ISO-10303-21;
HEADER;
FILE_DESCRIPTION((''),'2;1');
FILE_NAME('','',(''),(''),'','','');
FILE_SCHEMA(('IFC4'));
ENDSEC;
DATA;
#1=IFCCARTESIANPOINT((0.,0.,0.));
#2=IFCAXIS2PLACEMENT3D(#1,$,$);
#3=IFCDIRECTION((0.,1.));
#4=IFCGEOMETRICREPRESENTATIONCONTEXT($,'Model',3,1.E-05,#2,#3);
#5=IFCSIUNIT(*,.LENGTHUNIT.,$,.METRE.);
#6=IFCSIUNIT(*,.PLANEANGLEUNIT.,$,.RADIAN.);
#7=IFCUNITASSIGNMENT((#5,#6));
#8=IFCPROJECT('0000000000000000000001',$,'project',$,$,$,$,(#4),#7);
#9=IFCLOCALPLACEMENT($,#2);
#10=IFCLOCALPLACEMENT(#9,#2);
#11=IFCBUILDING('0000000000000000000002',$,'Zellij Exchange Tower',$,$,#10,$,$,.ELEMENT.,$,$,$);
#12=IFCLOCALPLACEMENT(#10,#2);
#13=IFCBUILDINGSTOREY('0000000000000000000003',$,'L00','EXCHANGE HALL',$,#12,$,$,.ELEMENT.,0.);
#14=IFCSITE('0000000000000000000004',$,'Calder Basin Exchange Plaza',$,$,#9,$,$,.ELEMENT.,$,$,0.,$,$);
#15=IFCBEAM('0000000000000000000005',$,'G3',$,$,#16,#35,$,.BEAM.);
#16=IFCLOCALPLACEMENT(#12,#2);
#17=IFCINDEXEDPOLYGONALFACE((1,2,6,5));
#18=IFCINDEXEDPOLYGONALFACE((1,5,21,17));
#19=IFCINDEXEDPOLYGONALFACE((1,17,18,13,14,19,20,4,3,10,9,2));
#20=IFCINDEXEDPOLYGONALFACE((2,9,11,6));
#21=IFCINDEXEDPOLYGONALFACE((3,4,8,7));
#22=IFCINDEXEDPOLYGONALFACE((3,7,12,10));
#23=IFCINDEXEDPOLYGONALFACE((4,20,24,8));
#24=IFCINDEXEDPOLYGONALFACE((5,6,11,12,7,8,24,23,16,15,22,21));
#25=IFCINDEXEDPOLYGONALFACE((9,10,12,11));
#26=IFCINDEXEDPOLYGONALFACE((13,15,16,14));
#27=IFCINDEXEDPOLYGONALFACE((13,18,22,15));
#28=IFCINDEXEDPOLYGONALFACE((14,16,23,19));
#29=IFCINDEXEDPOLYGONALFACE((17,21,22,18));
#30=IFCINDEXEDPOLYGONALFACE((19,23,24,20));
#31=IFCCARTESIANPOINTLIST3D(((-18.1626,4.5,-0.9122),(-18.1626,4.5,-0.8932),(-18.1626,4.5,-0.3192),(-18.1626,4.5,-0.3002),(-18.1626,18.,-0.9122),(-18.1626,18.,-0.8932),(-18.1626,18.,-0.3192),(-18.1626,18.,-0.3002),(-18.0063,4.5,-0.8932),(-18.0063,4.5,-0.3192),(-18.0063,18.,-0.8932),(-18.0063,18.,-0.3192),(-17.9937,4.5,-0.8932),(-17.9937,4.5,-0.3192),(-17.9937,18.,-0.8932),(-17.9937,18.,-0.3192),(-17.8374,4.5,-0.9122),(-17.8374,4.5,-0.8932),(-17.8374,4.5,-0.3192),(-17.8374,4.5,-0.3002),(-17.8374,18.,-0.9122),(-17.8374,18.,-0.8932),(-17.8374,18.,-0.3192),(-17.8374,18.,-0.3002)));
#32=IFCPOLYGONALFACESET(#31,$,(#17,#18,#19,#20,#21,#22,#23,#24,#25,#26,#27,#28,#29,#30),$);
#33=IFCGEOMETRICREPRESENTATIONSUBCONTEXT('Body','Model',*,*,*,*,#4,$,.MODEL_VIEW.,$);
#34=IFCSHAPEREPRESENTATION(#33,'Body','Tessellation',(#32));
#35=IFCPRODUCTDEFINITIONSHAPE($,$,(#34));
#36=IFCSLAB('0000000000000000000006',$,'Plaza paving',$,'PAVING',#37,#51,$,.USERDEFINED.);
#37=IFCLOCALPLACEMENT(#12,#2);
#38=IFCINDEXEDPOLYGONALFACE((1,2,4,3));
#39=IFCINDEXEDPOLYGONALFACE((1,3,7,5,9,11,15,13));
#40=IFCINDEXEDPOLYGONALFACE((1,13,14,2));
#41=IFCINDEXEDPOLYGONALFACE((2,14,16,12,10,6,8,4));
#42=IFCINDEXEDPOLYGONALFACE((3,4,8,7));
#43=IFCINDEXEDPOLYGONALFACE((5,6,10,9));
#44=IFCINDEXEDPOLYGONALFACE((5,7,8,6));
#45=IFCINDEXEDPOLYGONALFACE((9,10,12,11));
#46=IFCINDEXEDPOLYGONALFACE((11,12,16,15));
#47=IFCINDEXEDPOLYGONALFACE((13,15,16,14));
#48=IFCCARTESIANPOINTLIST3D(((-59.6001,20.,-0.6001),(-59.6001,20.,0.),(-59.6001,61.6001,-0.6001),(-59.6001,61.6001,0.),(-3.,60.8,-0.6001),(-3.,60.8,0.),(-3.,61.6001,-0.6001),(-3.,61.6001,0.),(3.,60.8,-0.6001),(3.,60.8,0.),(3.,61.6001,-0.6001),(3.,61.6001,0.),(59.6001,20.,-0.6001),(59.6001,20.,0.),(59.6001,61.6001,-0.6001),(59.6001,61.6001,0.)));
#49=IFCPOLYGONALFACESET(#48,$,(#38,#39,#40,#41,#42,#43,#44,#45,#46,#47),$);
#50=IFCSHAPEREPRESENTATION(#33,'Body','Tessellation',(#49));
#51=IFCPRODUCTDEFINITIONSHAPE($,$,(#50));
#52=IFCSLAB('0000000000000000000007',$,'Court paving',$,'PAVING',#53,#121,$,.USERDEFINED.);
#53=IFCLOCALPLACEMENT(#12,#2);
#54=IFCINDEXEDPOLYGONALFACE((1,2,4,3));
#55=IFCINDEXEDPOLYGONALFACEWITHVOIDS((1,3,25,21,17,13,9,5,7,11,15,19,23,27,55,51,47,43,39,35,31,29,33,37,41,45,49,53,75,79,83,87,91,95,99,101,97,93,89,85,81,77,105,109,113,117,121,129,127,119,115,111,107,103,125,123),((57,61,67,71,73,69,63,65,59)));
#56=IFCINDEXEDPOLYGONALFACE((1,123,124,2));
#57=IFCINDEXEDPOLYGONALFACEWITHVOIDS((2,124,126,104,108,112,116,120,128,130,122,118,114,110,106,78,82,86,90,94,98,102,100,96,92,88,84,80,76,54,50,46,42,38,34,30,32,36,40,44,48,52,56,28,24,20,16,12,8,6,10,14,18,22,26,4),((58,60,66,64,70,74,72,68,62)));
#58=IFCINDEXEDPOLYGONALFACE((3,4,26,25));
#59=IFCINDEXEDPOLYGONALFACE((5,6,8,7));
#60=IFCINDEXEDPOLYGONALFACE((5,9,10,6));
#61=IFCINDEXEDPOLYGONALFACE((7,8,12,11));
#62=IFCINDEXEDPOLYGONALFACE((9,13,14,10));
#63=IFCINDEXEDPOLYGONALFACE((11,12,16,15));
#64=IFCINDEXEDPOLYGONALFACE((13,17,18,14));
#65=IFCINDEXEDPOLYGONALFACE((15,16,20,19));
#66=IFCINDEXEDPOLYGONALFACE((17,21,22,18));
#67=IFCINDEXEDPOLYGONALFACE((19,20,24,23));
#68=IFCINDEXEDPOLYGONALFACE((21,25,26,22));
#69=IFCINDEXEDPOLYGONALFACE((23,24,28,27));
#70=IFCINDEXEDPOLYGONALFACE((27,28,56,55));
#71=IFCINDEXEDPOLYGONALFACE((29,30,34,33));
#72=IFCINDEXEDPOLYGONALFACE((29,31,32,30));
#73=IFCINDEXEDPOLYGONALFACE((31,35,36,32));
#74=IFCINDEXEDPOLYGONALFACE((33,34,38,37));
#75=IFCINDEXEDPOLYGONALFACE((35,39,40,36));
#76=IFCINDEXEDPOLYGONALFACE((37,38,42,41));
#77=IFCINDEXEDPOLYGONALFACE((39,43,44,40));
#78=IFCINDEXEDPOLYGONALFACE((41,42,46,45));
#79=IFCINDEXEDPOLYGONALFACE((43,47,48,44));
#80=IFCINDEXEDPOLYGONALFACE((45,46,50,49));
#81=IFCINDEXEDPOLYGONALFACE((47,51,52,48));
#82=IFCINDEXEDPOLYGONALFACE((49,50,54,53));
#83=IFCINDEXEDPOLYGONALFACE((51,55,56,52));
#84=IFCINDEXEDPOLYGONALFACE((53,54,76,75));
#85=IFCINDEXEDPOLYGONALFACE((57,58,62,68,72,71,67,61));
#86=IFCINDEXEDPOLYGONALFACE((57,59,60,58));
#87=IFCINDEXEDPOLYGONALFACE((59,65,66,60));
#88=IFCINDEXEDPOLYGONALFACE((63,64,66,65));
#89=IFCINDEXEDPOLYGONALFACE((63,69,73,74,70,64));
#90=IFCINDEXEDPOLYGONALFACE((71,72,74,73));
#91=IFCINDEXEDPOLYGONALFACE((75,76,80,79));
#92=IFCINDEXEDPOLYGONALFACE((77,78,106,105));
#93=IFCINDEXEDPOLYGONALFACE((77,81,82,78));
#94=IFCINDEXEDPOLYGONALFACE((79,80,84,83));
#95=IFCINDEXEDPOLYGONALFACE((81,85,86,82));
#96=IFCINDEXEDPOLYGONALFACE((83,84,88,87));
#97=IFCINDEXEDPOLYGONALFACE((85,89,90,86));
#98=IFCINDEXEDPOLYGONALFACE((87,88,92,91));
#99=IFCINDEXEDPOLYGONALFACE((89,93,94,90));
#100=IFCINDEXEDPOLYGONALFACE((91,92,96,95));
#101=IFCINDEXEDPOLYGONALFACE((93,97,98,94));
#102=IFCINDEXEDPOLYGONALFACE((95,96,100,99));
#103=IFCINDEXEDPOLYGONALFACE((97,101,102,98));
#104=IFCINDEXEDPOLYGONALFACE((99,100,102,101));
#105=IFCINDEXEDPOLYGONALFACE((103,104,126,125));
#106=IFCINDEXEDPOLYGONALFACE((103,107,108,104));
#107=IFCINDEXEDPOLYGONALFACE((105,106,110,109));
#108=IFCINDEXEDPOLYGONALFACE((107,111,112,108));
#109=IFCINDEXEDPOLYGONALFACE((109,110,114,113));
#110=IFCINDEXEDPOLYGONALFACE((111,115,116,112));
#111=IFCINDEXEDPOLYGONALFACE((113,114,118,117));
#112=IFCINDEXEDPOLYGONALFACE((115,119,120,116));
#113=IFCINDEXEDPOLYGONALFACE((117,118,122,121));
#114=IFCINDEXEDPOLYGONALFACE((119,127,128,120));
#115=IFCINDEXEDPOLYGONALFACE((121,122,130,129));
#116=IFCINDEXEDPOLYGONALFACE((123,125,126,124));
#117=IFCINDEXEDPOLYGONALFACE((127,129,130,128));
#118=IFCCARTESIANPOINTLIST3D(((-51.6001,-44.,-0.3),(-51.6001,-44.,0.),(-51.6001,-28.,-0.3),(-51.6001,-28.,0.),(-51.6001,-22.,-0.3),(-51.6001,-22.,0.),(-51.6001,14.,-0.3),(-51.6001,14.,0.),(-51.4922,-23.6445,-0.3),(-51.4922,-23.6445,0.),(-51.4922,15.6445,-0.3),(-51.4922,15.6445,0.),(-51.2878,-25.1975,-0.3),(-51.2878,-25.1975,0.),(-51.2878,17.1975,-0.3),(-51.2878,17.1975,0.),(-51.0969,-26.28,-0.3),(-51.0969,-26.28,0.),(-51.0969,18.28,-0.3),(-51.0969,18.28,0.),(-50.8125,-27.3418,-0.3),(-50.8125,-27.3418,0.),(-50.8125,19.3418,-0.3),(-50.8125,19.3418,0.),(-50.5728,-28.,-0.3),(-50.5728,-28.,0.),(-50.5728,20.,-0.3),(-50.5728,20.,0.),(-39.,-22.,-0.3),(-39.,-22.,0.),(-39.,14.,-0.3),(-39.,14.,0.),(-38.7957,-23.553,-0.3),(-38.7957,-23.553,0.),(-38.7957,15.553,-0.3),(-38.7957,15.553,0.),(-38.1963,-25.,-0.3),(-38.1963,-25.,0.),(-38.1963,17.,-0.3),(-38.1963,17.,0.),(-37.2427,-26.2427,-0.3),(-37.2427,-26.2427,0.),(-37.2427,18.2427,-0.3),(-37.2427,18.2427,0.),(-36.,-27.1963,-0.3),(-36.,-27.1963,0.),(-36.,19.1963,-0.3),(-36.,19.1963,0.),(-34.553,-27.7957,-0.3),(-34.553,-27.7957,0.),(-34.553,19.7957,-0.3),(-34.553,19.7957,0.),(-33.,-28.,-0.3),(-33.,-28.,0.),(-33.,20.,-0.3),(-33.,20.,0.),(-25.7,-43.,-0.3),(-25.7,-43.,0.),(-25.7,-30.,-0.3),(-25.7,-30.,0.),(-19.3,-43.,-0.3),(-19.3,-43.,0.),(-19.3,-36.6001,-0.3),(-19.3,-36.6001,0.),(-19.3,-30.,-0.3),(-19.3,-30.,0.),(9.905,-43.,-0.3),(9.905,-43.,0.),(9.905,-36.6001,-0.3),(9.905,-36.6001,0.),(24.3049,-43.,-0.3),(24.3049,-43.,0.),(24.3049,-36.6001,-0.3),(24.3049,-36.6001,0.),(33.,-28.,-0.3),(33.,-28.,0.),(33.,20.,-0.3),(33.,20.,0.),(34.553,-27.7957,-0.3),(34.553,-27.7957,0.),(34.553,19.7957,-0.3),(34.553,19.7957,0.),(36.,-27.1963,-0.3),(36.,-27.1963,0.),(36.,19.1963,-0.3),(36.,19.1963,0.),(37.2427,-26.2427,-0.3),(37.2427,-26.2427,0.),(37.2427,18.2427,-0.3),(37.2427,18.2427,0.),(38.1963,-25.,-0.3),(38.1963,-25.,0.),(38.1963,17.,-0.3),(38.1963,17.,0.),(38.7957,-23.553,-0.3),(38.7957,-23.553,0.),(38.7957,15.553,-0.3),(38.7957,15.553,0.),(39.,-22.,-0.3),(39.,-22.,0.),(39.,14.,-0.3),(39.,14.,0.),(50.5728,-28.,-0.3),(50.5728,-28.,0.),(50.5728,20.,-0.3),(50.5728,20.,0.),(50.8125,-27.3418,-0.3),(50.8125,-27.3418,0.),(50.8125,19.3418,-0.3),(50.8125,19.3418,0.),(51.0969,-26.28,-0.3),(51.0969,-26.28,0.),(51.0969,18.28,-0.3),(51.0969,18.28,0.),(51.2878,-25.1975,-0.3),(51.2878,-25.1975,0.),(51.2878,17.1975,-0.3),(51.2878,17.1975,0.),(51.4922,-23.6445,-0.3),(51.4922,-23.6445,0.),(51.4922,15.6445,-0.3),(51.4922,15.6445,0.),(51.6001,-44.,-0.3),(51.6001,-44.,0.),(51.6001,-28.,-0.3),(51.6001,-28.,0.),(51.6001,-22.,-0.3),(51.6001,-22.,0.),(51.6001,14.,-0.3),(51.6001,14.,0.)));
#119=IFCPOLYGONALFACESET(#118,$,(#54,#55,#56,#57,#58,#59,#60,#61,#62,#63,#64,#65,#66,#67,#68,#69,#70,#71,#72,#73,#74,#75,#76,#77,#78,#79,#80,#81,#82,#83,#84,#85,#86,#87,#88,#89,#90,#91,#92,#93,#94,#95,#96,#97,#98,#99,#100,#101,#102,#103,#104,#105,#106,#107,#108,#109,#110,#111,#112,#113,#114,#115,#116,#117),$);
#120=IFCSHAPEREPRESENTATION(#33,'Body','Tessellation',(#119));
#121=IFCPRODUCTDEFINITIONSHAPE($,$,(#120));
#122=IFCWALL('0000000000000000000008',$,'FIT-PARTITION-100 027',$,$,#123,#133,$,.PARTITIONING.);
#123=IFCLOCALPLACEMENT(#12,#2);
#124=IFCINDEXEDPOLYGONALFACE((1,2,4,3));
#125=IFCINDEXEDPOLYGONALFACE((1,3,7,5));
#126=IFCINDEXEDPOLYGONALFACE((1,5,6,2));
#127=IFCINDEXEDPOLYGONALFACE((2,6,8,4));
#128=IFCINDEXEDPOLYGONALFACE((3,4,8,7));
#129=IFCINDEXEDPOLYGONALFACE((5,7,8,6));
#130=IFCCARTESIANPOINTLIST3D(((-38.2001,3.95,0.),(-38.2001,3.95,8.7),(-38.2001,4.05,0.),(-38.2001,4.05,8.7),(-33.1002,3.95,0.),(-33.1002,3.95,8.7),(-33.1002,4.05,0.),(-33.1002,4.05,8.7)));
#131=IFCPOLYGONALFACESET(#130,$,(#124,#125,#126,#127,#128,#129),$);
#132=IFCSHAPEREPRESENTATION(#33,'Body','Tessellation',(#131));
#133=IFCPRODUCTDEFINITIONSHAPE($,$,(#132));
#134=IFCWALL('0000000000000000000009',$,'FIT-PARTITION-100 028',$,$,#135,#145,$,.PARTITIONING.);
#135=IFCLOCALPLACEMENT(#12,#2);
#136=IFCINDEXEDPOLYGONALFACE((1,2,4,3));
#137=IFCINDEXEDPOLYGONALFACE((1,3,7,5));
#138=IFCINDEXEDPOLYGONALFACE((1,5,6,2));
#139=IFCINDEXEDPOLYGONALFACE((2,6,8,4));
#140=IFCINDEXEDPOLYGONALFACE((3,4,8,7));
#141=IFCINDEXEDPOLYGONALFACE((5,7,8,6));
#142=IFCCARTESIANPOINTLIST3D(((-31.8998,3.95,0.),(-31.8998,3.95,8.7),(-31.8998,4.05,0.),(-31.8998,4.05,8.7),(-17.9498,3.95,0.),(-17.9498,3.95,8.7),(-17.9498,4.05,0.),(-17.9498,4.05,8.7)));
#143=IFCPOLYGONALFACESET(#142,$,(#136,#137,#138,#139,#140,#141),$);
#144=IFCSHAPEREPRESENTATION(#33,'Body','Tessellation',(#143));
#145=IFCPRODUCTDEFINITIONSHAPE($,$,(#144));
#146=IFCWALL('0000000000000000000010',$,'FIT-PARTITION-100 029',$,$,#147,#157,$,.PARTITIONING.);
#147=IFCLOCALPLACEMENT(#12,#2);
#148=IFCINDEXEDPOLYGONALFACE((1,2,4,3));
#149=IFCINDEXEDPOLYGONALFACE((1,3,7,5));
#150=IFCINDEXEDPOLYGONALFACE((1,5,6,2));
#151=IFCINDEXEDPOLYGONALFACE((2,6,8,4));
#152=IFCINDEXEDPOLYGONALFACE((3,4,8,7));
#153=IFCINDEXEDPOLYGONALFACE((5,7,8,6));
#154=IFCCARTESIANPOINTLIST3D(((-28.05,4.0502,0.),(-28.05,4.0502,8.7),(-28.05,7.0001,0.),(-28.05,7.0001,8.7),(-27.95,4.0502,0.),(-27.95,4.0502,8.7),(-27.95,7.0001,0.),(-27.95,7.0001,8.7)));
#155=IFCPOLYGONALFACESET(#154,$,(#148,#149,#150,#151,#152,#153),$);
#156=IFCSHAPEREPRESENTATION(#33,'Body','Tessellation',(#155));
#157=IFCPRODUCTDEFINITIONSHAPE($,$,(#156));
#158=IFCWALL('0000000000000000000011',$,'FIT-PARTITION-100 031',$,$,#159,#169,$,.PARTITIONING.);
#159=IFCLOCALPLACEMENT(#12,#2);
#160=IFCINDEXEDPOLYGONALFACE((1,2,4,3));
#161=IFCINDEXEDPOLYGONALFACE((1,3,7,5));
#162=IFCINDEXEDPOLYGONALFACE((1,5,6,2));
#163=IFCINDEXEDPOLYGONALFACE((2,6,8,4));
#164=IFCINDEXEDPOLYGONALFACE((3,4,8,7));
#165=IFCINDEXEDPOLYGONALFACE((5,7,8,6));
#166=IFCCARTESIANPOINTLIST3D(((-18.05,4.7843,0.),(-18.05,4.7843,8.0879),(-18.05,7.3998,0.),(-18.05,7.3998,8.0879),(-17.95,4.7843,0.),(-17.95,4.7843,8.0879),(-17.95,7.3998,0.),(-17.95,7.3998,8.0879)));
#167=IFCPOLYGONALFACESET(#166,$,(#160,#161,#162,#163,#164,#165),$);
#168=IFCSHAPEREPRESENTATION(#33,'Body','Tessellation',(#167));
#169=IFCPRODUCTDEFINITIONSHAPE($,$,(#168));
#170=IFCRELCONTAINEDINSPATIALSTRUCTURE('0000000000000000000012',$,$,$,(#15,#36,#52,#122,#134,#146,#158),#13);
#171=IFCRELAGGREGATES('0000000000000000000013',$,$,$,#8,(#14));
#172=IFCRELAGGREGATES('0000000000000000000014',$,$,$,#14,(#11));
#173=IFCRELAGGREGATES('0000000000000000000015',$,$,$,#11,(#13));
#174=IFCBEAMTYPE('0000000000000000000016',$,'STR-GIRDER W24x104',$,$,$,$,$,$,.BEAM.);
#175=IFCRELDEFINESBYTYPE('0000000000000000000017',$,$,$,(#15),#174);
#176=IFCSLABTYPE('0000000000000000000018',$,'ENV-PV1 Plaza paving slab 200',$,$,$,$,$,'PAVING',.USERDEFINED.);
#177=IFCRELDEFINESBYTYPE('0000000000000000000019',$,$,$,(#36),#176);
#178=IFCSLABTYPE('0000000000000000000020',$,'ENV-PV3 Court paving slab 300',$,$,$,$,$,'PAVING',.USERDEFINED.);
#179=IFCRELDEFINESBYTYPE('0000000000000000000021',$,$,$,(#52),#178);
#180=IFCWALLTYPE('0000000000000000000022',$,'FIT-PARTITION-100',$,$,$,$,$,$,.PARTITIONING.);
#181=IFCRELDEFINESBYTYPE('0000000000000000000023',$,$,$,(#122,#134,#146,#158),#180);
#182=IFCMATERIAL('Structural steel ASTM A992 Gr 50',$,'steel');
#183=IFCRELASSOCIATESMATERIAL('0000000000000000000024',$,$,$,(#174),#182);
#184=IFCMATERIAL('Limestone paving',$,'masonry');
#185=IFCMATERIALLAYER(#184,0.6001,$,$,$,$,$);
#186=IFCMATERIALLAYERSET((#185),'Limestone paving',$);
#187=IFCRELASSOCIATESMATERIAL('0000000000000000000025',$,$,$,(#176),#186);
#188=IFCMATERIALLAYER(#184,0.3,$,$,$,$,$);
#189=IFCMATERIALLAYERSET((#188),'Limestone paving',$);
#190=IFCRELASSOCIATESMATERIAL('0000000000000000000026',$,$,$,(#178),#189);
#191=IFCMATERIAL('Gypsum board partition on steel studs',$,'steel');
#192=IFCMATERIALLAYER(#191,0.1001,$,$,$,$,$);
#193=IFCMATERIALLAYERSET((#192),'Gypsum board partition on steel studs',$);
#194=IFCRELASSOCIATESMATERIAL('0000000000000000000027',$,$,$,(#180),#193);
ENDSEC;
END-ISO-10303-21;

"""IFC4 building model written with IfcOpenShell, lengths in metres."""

from ifc_helpers import new_model, si_unit, direction, frame, frame_2d, origin, origin_2d, place, context, subcontext, project, spatial, polyline, rectangle, i_section, outline, extrude, material, layer, layer_set, material_profile, profile_set, type_object, element, save


model = new_model("IFC4")

# Units and contexts
model_context = context("Model", 3, precision=1e-05, world=origin(), true_north=direction((0.0, 1.0)))
body_context = subcontext(model_context, "Body", "Model", "MODEL_VIEW")
ifc_project = project(units=[si_unit("LENGTHUNIT", "METRE"), si_unit("PLANEANGLEUNIT", "RADIAN")], contexts=[model_context])

# Site, building, storey
site_placement = place(None, origin())
site = spatial("IfcSite", under=ifc_project, at=site_placement, Name="Calder Basin Exchange Plaza", CompositionType="ELEMENT", RefElevation=0.0)
building_placement = place(site_placement, origin())
building = spatial("IfcBuilding", under=site, at=building_placement, Name="Zellij Exchange Tower", CompositionType="ELEMENT")
storey_placement = place(building_placement, origin())
storey = spatial("IfcBuildingStorey", under=building, at=storey_placement, Name="L00", Description="EXCHANGE HALL", CompositionType="ELEMENT", Elevation=0.0)

# Beam
ifc_material_1 = material(Name="Structural steel ASTM A992 Gr 50", Category="steel")
ifc_material_profile_1 = material_profile(ifc_material_1, i_section(OverallWidth=0.3252, OverallDepth=0.6121, WebThickness=0.0127, FlangeThickness=0.019, at=origin_2d()), Name="W24x104")
ifc_profile_set_1 = profile_set([ifc_material_profile_1], Name="Structural steel ASTM A992 Gr 50")
beam_type = type_object("IfcBeamType", Name="STR-GIRDER W24x104", PredefinedType="BEAM", material=ifc_profile_set_1)
beam_1_placement = place(storey_placement, frame((-18.0, 4.5, -0.6062), z_axis=(0.0, 1.0, 0.0), x_axis=(-1.0, 0.0, 0.0)))
element("IfcBeam", 1, at=beam_1_placement, inside=storey, type_object=beam_type, Name="G3", PredefinedType="BEAM", context=body_context, shape_type="SweptSolid", body=[
    extrude(i_section(OverallWidth=0.3252, OverallDepth=0.6121, WebThickness=0.0127, FlangeThickness=0.019, at=origin_2d()), origin(), (0.0, 0.0, 1.0), 13.5),
])

# Slabs
ifc_material_2 = material(Name="Limestone paving", Category="masonry")
ifc_layer_1 = layer(ifc_material_2, 0.6001)
ifc_layer_set_1 = layer_set([ifc_layer_1], Name="Limestone paving")
slab_type_1 = type_object("IfcSlabType", Name="ENV-PV1 Plaza paving slab 200", ElementType="PAVING", PredefinedType="USERDEFINED", material=ifc_layer_set_1)
slab_1_placement = place(storey_placement, frame((0.0, 0.0, -0.6001)))
element("IfcSlab", 2, at=slab_1_placement, inside=storey, type_object=slab_type_1, Name="Plaza paving", ObjectType="PAVING", PredefinedType="USERDEFINED", context=body_context, shape_type="SweptSolid", body=[
    extrude(outline(polyline([(-59.6001, 20.0), (59.6001, 20.0), (59.6001, 61.6001), (3.0, 61.6001), (3.0, 60.8), (-3.0, 60.8), (-3.0, 61.6001), (-59.6001, 61.6001), (-59.6001, 20.0)])), origin(), (0.0, 0.0, 1.0), 0.6001),
])
ifc_layer_2 = layer(ifc_material_2, 0.3)
ifc_layer_set_2 = layer_set([ifc_layer_2], Name="Limestone paving")
slab_type_2 = type_object("IfcSlabType", Name="ENV-PV3 Court paving slab 300", ElementType="PAVING", PredefinedType="USERDEFINED", material=ifc_layer_set_2)
slab_2_placement = place(storey_placement, frame((0.0, 0.0, -0.3)))
element("IfcSlab", 3, at=slab_2_placement, inside=storey, type_object=slab_type_2, Name="Court paving", ObjectType="PAVING", PredefinedType="USERDEFINED", context=body_context, shape_type="SweptSolid", body=[
    extrude(outline(polyline([(-51.6001, -28.0), (-50.5728, -28.0), (-50.8125, -27.3418), (-51.0969, -26.28), (-51.2878, -25.1975), (-51.4922, -23.6445), (-51.6001, -22.0), (-51.6001, 14.0), (-51.4922, 15.6445), (-51.2878, 17.1975), (-51.0969, 18.28), (-50.8125, 19.3418), (-50.5728, 20.0), (-33.0, 20.0), (-34.553, 19.7957), (-36.0, 19.1963), (-37.2427, 18.2427), (-38.1963, 17.0), (-38.7957, 15.553), (-39.0, 14.0), (-39.0, -22.0), (-38.7957, -23.553), (-38.1963, -25.0), (-37.2427, -26.2427), (-36.0, -27.1963), (-34.553, -27.7957), (-33.0, -28.0), (33.0, -28.0), (34.553, -27.7957), (36.0, -27.1963), (37.2427, -26.2427), (38.1963, -25.0), (38.7957, -23.553), (39.0, -22.0), (39.0, 14.0), (38.7957, 15.553), (38.1963, 17.0), (37.2427, 18.2427), (36.0, 19.1963), (34.553, 19.7957), (33.0, 20.0), (50.5728, 20.0), (50.8125, 19.3418), (51.0969, 18.28), (51.2878, 17.1975), (51.4922, 15.6445), (51.6001, 14.0), (51.6001, -22.0), (51.4922, -23.6445), (51.2878, -25.1975), (51.0969, -26.28), (50.8125, -27.3418), (50.5728, -28.0), (51.6001, -28.0), (51.6001, -44.0), (-51.6001, -44.0), (-51.6001, -28.0)]), holes=[polyline([(-19.3, -36.6001), (-19.3, -30.0), (-25.7, -30.0), (-25.7, -43.0), (-19.3, -43.0), (9.905, -43.0), (24.3049, -43.0), (24.3049, -36.6001), (9.905, -36.6001), (-19.3, -36.6001)])]), origin(), (0.0, 0.0, 1.0), 0.3),
])

# Walls
ifc_material_3 = material(Name="Gypsum board partition on steel studs", Category="steel")
ifc_layer_3 = layer(ifc_material_3, 0.1001)
ifc_layer_set_3 = layer_set([ifc_layer_3], Name="Gypsum board partition on steel studs")
wall_type = type_object("IfcWallType", Name="FIT-PARTITION-100", PredefinedType="PARTITIONING", material=ifc_layer_set_3)
wall_1_placement = place(storey_placement, frame((-38.2, 4.0, 0.0), z_axis=(0.0, 0.0, 1.0), x_axis=(1.0, 0.0, 0.0)))
element("IfcWall", 4, at=wall_1_placement, inside=storey, type_object=wall_type, Name="FIT-PARTITION-100 027", PredefinedType="PARTITIONING", context=body_context, shape_type="SweptSolid", body=[
    extrude(rectangle(XDim=5.0999, YDim=0.1001, at=frame_2d((2.5498, 0.0))), origin(), (0.0, 0.0, 1.0), 8.7),
])
wall_2_placement = place(storey_placement, frame((-31.8999, 4.0, 0.0), z_axis=(0.0, 0.0, 1.0), x_axis=(1.0, 0.0, 0.0)))
element("IfcWall", 5, at=wall_2_placement, inside=storey, type_object=wall_type, Name="FIT-PARTITION-100 028", PredefinedType="PARTITIONING", context=body_context, shape_type="SweptSolid", body=[
    extrude(rectangle(XDim=13.95, YDim=0.1001, at=frame_2d((6.9751, 0.0))), origin(), (0.0, 0.0, 1.0), 8.7),
])
wall_3_placement = place(storey_placement, frame((-28.0, 4.05, 0.0), z_axis=(0.0, 0.0, 1.0), x_axis=(0.0, 1.0, 0.0)))
element("IfcWall", 6, at=wall_3_placement, inside=storey, type_object=wall_type, Name="FIT-PARTITION-100 029", PredefinedType="PARTITIONING", context=body_context, shape_type="SweptSolid", body=[
    extrude(rectangle(XDim=2.95, YDim=0.1001, at=frame_2d((1.4751, 0.0))), origin(), (0.0, 0.0, 1.0), 8.7),
])
wall_4_placement = place(storey_placement, frame((-18.0, 4.7844, 0.0), z_axis=(0.0, 0.0, 1.0), x_axis=(0.0, 1.0, 0.0)))
element("IfcWall", 7, at=wall_4_placement, inside=storey, type_object=wall_type, Name="FIT-PARTITION-100 031", PredefinedType="PARTITIONING", context=body_context, shape_type="SweptSolid", body=[
    extrude(rectangle(XDim=2.6155, YDim=0.1001, at=frame_2d((1.3076, 0.0))), origin(), (0.0, 0.0, 1.0), 8.0879),
])

save(model, "model.ifc")
